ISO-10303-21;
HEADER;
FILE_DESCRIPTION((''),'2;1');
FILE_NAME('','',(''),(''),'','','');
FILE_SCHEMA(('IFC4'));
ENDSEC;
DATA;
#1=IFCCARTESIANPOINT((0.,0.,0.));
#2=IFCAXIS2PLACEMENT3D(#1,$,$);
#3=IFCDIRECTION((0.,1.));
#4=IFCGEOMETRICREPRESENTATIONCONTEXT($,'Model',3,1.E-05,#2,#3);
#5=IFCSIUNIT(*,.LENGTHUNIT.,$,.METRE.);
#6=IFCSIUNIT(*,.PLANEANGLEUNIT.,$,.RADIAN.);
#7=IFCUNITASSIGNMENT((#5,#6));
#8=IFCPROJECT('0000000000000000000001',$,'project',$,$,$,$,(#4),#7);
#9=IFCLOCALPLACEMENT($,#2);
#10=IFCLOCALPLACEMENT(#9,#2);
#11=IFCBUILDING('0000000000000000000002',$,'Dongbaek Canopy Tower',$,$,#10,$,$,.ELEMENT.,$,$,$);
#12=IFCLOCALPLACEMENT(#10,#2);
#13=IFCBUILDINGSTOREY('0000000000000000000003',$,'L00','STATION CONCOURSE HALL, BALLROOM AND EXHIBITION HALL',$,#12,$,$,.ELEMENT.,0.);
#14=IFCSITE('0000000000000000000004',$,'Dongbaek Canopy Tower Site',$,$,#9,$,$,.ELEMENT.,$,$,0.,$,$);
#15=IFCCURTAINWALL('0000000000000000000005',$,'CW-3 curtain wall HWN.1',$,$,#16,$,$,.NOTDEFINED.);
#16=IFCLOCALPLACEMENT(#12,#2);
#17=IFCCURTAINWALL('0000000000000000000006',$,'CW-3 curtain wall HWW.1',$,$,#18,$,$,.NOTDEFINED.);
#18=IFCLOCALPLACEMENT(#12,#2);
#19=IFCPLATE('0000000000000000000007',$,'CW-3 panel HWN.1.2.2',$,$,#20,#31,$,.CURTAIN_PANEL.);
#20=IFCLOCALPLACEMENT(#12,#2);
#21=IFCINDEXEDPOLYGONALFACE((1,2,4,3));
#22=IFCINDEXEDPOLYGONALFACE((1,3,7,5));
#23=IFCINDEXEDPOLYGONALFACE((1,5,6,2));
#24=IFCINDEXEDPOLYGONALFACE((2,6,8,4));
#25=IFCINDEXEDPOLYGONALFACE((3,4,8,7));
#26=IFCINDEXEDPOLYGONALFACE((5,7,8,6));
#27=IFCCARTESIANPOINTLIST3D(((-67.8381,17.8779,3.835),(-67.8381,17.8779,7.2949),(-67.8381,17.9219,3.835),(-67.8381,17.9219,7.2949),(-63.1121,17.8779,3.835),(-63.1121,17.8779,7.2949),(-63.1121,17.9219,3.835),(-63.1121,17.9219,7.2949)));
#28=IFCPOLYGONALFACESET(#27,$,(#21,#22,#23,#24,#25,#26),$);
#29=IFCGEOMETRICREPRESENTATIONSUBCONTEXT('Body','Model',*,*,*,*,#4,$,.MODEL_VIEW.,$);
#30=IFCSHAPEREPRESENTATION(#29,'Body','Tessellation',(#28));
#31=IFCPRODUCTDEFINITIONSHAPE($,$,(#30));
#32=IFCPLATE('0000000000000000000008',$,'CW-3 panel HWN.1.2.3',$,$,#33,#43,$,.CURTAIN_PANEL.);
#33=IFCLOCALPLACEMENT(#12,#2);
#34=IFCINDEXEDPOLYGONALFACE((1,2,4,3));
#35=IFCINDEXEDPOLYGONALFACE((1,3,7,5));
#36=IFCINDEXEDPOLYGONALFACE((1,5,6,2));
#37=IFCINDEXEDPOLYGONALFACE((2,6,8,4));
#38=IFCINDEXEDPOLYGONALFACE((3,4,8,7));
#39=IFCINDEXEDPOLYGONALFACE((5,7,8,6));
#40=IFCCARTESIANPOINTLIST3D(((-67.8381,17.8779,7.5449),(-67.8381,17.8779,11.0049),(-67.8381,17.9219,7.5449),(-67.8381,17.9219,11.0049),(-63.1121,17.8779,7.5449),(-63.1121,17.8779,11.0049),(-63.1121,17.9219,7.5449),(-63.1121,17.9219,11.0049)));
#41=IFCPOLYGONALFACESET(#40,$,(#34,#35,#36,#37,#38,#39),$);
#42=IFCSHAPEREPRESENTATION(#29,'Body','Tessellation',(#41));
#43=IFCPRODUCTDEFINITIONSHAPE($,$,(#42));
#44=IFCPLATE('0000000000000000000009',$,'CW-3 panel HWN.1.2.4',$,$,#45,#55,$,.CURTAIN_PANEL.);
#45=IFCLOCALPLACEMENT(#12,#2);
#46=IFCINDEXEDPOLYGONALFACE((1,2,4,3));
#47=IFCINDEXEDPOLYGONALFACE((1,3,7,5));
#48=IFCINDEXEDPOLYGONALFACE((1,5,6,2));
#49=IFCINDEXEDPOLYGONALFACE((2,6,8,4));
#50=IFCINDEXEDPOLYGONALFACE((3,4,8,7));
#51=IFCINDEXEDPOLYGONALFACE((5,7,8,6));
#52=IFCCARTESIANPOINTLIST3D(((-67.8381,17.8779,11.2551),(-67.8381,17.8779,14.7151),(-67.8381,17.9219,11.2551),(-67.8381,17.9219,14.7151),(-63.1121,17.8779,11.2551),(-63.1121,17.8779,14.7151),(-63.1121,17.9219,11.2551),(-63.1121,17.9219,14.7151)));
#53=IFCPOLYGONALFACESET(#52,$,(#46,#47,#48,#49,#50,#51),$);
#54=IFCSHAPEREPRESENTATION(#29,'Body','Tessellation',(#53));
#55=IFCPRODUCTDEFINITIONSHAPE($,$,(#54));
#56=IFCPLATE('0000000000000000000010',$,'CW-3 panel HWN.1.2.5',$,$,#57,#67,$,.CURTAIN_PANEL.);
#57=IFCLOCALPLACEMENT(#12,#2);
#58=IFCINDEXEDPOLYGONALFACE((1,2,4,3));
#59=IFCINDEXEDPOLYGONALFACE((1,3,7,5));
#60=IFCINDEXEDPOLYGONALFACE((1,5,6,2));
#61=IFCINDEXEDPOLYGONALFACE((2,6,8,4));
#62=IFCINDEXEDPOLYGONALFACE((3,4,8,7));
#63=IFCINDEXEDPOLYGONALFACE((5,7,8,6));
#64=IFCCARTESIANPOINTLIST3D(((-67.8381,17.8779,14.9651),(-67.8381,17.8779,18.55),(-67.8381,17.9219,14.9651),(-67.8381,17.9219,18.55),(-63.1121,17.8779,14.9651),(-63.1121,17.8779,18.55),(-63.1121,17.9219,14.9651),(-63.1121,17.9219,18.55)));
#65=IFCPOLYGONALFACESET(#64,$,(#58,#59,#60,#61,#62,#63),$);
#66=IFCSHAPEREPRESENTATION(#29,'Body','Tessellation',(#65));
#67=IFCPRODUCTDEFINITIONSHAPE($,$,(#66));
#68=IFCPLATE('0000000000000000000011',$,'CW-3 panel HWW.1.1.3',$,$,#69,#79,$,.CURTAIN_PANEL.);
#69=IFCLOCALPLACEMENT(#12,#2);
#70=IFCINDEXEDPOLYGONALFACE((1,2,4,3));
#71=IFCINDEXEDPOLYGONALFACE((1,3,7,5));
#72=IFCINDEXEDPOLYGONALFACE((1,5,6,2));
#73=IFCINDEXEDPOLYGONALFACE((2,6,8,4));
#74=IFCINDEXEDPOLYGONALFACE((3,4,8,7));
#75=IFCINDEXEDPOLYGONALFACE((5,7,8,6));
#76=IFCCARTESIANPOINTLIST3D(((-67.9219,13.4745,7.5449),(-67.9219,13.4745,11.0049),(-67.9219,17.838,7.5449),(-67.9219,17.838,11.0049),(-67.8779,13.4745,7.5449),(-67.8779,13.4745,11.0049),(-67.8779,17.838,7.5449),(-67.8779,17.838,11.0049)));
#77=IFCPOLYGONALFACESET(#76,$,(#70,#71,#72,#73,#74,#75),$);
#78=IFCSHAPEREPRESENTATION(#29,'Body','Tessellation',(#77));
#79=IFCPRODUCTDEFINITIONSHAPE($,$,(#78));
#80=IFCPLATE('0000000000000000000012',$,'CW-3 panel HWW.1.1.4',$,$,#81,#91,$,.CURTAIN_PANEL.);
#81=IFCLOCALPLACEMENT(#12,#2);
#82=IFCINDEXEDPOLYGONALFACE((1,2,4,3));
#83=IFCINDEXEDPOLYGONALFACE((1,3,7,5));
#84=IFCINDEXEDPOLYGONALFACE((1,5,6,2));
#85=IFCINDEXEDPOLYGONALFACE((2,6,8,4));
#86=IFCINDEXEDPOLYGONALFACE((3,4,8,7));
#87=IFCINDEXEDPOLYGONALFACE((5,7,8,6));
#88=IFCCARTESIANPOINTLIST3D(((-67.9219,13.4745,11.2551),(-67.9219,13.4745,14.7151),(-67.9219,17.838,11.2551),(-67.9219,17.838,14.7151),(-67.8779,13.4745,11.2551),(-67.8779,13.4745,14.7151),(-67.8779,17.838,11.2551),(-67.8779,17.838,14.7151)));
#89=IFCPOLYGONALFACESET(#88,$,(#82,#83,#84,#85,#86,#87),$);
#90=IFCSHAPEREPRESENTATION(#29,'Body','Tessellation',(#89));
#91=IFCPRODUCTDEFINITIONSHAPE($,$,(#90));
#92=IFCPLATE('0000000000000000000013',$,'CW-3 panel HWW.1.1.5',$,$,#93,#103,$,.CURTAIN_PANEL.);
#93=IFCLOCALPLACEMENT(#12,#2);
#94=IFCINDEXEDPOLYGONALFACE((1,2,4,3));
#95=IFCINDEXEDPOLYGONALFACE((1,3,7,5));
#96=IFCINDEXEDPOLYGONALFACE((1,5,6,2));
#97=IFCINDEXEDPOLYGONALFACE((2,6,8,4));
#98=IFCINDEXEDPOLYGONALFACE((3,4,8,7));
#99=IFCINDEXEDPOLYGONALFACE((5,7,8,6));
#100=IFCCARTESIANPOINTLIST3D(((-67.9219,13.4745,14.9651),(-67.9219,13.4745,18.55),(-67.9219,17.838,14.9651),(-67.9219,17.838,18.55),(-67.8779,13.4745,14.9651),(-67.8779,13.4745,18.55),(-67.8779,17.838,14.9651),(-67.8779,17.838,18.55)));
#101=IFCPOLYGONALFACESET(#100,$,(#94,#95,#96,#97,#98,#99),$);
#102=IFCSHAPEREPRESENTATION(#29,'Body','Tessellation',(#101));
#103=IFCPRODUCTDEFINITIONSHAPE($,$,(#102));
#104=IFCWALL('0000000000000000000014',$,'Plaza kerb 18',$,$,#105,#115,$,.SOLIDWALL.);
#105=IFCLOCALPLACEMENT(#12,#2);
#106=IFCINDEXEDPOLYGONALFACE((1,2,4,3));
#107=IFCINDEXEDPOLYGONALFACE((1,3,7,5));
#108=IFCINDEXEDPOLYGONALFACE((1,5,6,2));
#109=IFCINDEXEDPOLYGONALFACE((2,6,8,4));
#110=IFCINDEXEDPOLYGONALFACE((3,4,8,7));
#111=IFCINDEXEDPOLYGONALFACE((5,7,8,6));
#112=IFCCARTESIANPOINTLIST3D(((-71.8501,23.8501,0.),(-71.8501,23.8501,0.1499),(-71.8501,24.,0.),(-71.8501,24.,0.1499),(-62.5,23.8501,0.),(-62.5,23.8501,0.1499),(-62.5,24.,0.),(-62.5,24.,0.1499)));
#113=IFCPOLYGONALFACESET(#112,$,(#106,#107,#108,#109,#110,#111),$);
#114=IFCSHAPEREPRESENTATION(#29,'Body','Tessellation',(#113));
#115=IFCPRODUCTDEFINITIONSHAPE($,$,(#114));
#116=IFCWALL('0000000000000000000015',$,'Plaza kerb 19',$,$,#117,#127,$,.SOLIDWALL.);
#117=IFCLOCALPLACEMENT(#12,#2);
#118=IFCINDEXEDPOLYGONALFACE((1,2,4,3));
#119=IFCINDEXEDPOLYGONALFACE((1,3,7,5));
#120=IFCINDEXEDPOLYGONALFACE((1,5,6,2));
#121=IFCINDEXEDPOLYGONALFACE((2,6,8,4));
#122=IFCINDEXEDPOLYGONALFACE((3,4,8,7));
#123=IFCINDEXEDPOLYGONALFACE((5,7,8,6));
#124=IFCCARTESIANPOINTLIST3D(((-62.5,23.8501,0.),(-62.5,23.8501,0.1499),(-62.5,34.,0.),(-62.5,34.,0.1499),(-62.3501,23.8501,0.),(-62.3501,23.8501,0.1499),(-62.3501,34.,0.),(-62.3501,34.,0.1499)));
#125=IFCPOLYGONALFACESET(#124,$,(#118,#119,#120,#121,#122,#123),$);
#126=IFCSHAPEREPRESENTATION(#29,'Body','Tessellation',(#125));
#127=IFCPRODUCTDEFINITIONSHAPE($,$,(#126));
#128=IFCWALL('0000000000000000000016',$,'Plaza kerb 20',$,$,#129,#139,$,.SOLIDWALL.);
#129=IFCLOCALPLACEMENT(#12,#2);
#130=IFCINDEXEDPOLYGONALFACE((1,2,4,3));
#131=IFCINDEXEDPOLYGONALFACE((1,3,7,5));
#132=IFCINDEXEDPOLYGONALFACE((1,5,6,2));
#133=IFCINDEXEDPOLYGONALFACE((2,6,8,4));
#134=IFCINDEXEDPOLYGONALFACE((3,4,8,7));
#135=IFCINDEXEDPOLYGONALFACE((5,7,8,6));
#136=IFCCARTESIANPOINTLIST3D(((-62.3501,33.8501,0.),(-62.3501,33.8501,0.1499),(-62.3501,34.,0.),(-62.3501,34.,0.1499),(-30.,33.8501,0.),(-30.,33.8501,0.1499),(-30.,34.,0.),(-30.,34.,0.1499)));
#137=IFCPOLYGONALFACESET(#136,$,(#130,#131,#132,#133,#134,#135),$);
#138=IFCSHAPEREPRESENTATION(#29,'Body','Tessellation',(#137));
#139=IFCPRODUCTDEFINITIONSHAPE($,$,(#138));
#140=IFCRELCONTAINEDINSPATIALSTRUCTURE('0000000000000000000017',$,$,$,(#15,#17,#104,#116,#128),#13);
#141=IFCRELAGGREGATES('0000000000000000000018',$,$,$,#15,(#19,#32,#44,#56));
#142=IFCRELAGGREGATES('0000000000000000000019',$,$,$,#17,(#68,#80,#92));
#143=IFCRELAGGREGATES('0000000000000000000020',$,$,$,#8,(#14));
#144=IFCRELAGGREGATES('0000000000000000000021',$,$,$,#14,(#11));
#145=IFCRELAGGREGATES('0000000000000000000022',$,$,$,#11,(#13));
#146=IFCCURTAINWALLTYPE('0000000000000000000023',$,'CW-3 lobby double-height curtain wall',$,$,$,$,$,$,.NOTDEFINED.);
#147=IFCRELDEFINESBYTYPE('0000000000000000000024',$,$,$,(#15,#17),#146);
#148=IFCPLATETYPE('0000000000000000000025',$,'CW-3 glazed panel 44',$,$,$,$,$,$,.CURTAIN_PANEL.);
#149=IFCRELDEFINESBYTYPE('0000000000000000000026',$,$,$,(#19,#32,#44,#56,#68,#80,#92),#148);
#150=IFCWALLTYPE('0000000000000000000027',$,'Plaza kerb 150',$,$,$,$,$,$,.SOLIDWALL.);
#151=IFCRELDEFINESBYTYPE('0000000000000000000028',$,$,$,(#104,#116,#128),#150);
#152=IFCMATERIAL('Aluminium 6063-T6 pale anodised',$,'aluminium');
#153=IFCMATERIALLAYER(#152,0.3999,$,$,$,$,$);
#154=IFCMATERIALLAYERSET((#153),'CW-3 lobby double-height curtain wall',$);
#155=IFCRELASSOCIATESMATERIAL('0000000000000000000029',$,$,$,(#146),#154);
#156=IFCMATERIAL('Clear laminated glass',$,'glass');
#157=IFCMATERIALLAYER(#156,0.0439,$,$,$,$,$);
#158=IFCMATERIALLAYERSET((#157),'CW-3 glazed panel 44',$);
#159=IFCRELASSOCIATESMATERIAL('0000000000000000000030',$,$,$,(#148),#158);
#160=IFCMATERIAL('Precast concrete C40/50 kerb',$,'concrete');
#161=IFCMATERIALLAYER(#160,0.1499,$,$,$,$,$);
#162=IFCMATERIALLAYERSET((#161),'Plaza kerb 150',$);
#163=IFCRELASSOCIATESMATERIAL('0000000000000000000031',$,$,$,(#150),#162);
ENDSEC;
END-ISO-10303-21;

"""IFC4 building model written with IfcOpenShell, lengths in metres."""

from ifc_helpers import new_model, si_unit, direction, frame, frame_2d, origin, origin_2d, place, context, subcontext, project, spatial, rectangle, extrude, material, layer, layer_set, type_object, element, aggregate, save


model = new_model("IFC4")

# Units and contexts
model_context = context("Model", 3, precision=1e-05, world=origin(), true_north=direction((0.0, 1.0)))
body_context = subcontext(model_context, "Body", "Model", "MODEL_VIEW")
ifc_project = project(units=[si_unit("LENGTHUNIT", "METRE"), si_unit("PLANEANGLEUNIT", "RADIAN")], contexts=[model_context])

# Site, building, storey
site_placement = place(None, origin())
site = spatial("IfcSite", under=ifc_project, at=site_placement, Name="Dongbaek Canopy Tower Site", CompositionType="ELEMENT", RefElevation=0.0)
building_placement = place(site_placement, origin())
building = spatial("IfcBuilding", under=site, at=building_placement, Name="Dongbaek Canopy Tower", CompositionType="ELEMENT")
storey_placement = place(building_placement, origin())
storey = spatial("IfcBuildingStorey", under=building, at=storey_placement, Name="L00", Description="STATION CONCOURSE HALL, BALLROOM AND EXHIBITION HALL", CompositionType="ELEMENT", Elevation=0.0)

# Curtain walls
ifc_material_1 = material(Name="Aluminium 6063-T6 pale anodised", Category="aluminium")
ifc_layer_1 = layer(ifc_material_1, 0.3999)
ifc_layer_set_1 = layer_set([ifc_layer_1], Name="CW-3 lobby double-height curtain wall")
curtain_wall_type = type_object("IfcCurtainWallType", Name="CW-3 lobby double-height curtain wall", PredefinedType="NOTDEFINED", material=ifc_layer_set_1)
curtain_wall_1_placement = place(storey_placement, origin())
curtain_wall_1 = element("IfcCurtainWall", 1, at=curtain_wall_1_placement, inside=storey, type_object=curtain_wall_type, Name="CW-3 curtain wall HWN.1", PredefinedType="NOTDEFINED")
curtain_wall_2_placement = place(storey_placement, origin())
curtain_wall_2 = element("IfcCurtainWall", 2, at=curtain_wall_2_placement, inside=storey, type_object=curtain_wall_type, Name="CW-3 curtain wall HWW.1", PredefinedType="NOTDEFINED")

# Plates
ifc_material_2 = material(Name="Clear laminated glass", Category="glass")
ifc_layer_2 = layer(ifc_material_2, 0.0439)
ifc_layer_set_2 = layer_set([ifc_layer_2], Name="CW-3 glazed panel 44")
plate_type = type_object("IfcPlateType", Name="CW-3 glazed panel 44", PredefinedType="CURTAIN_PANEL", material=ifc_layer_set_2)
plate_1_placement = place(storey_placement, frame((-65.4751, 17.8999, 3.835), z_axis=(0.0, 0.0, 1.0), x_axis=(-1.0, 0.0, 0.0)))
plate_1 = element("IfcPlate", 3, at=plate_1_placement, type_object=plate_type, Name="CW-3 panel HWN.1.2.2", PredefinedType="CURTAIN_PANEL", context=body_context, shape_type="SweptSolid", body=[
    extrude(rectangle(XDim=4.7261, YDim=0.0439, at=origin_2d()), origin(), (0.0, 0.0, 1.0), 3.46),
])
plate_2_placement = place(storey_placement, frame((-65.4751, 17.8999, 7.5449), z_axis=(0.0, 0.0, 1.0), x_axis=(-1.0, 0.0, 0.0)))
plate_2 = element("IfcPlate", 4, at=plate_2_placement, type_object=plate_type, Name="CW-3 panel HWN.1.2.3", PredefinedType="CURTAIN_PANEL", context=body_context, shape_type="SweptSolid", body=[
    extrude(rectangle(XDim=4.7261, YDim=0.0439, at=origin_2d()), origin(), (0.0, 0.0, 1.0), 3.46),
])
plate_3_placement = place(storey_placement, frame((-65.4751, 17.8999, 11.2551), z_axis=(0.0, 0.0, 1.0), x_axis=(-1.0, 0.0, 0.0)))
plate_3 = element("IfcPlate", 5, at=plate_3_placement, type_object=plate_type, Name="CW-3 panel HWN.1.2.4", PredefinedType="CURTAIN_PANEL", context=body_context, shape_type="SweptSolid", body=[
    extrude(rectangle(XDim=4.7261, YDim=0.0439, at=origin_2d()), origin(), (0.0, 0.0, 1.0), 3.46),
])
plate_4_placement = place(storey_placement, frame((-65.4751, 17.8999, 14.9651), z_axis=(0.0, 0.0, 1.0), x_axis=(-1.0, 0.0, 0.0)))
plate_4 = element("IfcPlate", 6, at=plate_4_placement, type_object=plate_type, Name="CW-3 panel HWN.1.2.5", PredefinedType="CURTAIN_PANEL", context=body_context, shape_type="SweptSolid", body=[
    extrude(rectangle(XDim=4.7261, YDim=0.0439, at=origin_2d()), origin(), (0.0, 0.0, 1.0), 3.585),
])
aggregate(curtain_wall_1, [plate_1, plate_2, plate_3, plate_4])
plate_5_placement = place(storey_placement, frame((-67.8999, 15.6562, 7.5449), z_axis=(0.0, 0.0, 1.0), x_axis=(0.0, -1.0, 0.0)))
plate_5 = element("IfcPlate", 7, at=plate_5_placement, type_object=plate_type, Name="CW-3 panel HWW.1.1.3", PredefinedType="CURTAIN_PANEL", context=body_context, shape_type="SweptSolid", body=[
    extrude(rectangle(XDim=4.3635, YDim=0.0439, at=origin_2d()), origin(), (0.0, 0.0, 1.0), 3.46),
])
plate_6_placement = place(storey_placement, frame((-67.8999, 15.6562, 11.2551), z_axis=(0.0, 0.0, 1.0), x_axis=(0.0, -1.0, 0.0)))
plate_6 = element("IfcPlate", 8, at=plate_6_placement, type_object=plate_type, Name="CW-3 panel HWW.1.1.4", PredefinedType="CURTAIN_PANEL", context=body_context, shape_type="SweptSolid", body=[
    extrude(rectangle(XDim=4.3635, YDim=0.0439, at=origin_2d()), origin(), (0.0, 0.0, 1.0), 3.46),
])
plate_7_placement = place(storey_placement, frame((-67.8999, 15.6562, 14.9651), z_axis=(0.0, 0.0, 1.0), x_axis=(0.0, -1.0, 0.0)))
plate_7 = element("IfcPlate", 9, at=plate_7_placement, type_object=plate_type, Name="CW-3 panel HWW.1.1.5", PredefinedType="CURTAIN_PANEL", context=body_context, shape_type="SweptSolid", body=[
    extrude(rectangle(XDim=4.3635, YDim=0.0439, at=origin_2d()), origin(), (0.0, 0.0, 1.0), 3.585),
])
aggregate(curtain_wall_2, [plate_5, plate_6, plate_7])

# Walls
ifc_material_3 = material(Name="Precast concrete C40/50 kerb", Category="concrete")
ifc_layer_3 = layer(ifc_material_3, 0.1499)
ifc_layer_set_3 = layer_set([ifc_layer_3], Name="Plaza kerb 150")
wall_type = type_object("IfcWallType", Name="Plaza kerb 150", PredefinedType="SOLIDWALL", material=ifc_layer_set_3)
wall_1_placement = place(storey_placement, frame((-71.8501, 23.925, 0.0), z_axis=(0.0, 0.0, 1.0), x_axis=(1.0, 0.0, 0.0)))
element("IfcWall", 10, at=wall_1_placement, inside=storey, type_object=wall_type, Name="Plaza kerb 18", PredefinedType="SOLIDWALL", context=body_context, shape_type="SweptSolid", body=[
    extrude(rectangle(XDim=9.3501, YDim=0.1499, at=frame_2d((4.675, 0.0))), origin(), (0.0, 0.0, 1.0), 0.1499),
])
wall_2_placement = place(storey_placement, frame((-62.425, 23.8501, 0.0), z_axis=(0.0, 0.0, 1.0), x_axis=(0.0, 1.0, 0.0)))
element("IfcWall", 11, at=wall_2_placement, inside=storey, type_object=wall_type, Name="Plaza kerb 19", PredefinedType="SOLIDWALL", context=body_context, shape_type="SweptSolid", body=[
    extrude(rectangle(XDim=10.1499, YDim=0.1499, at=frame_2d((5.075, 0.0))), origin(), (0.0, 0.0, 1.0), 0.1499),
])
wall_3_placement = place(storey_placement, frame((-62.3501, 33.925, 0.0), z_axis=(0.0, 0.0, 1.0), x_axis=(1.0, 0.0, 0.0)))
element("IfcWall", 12, at=wall_3_placement, inside=storey, type_object=wall_type, Name="Plaza kerb 20", PredefinedType="SOLIDWALL", context=body_context, shape_type="SweptSolid", body=[
    extrude(rectangle(XDim=32.3501, YDim=0.1499, at=frame_2d((16.175, 0.0))), origin(), (0.0, 0.0, 1.0), 0.1499),
])

save(model, "model.ifc")
